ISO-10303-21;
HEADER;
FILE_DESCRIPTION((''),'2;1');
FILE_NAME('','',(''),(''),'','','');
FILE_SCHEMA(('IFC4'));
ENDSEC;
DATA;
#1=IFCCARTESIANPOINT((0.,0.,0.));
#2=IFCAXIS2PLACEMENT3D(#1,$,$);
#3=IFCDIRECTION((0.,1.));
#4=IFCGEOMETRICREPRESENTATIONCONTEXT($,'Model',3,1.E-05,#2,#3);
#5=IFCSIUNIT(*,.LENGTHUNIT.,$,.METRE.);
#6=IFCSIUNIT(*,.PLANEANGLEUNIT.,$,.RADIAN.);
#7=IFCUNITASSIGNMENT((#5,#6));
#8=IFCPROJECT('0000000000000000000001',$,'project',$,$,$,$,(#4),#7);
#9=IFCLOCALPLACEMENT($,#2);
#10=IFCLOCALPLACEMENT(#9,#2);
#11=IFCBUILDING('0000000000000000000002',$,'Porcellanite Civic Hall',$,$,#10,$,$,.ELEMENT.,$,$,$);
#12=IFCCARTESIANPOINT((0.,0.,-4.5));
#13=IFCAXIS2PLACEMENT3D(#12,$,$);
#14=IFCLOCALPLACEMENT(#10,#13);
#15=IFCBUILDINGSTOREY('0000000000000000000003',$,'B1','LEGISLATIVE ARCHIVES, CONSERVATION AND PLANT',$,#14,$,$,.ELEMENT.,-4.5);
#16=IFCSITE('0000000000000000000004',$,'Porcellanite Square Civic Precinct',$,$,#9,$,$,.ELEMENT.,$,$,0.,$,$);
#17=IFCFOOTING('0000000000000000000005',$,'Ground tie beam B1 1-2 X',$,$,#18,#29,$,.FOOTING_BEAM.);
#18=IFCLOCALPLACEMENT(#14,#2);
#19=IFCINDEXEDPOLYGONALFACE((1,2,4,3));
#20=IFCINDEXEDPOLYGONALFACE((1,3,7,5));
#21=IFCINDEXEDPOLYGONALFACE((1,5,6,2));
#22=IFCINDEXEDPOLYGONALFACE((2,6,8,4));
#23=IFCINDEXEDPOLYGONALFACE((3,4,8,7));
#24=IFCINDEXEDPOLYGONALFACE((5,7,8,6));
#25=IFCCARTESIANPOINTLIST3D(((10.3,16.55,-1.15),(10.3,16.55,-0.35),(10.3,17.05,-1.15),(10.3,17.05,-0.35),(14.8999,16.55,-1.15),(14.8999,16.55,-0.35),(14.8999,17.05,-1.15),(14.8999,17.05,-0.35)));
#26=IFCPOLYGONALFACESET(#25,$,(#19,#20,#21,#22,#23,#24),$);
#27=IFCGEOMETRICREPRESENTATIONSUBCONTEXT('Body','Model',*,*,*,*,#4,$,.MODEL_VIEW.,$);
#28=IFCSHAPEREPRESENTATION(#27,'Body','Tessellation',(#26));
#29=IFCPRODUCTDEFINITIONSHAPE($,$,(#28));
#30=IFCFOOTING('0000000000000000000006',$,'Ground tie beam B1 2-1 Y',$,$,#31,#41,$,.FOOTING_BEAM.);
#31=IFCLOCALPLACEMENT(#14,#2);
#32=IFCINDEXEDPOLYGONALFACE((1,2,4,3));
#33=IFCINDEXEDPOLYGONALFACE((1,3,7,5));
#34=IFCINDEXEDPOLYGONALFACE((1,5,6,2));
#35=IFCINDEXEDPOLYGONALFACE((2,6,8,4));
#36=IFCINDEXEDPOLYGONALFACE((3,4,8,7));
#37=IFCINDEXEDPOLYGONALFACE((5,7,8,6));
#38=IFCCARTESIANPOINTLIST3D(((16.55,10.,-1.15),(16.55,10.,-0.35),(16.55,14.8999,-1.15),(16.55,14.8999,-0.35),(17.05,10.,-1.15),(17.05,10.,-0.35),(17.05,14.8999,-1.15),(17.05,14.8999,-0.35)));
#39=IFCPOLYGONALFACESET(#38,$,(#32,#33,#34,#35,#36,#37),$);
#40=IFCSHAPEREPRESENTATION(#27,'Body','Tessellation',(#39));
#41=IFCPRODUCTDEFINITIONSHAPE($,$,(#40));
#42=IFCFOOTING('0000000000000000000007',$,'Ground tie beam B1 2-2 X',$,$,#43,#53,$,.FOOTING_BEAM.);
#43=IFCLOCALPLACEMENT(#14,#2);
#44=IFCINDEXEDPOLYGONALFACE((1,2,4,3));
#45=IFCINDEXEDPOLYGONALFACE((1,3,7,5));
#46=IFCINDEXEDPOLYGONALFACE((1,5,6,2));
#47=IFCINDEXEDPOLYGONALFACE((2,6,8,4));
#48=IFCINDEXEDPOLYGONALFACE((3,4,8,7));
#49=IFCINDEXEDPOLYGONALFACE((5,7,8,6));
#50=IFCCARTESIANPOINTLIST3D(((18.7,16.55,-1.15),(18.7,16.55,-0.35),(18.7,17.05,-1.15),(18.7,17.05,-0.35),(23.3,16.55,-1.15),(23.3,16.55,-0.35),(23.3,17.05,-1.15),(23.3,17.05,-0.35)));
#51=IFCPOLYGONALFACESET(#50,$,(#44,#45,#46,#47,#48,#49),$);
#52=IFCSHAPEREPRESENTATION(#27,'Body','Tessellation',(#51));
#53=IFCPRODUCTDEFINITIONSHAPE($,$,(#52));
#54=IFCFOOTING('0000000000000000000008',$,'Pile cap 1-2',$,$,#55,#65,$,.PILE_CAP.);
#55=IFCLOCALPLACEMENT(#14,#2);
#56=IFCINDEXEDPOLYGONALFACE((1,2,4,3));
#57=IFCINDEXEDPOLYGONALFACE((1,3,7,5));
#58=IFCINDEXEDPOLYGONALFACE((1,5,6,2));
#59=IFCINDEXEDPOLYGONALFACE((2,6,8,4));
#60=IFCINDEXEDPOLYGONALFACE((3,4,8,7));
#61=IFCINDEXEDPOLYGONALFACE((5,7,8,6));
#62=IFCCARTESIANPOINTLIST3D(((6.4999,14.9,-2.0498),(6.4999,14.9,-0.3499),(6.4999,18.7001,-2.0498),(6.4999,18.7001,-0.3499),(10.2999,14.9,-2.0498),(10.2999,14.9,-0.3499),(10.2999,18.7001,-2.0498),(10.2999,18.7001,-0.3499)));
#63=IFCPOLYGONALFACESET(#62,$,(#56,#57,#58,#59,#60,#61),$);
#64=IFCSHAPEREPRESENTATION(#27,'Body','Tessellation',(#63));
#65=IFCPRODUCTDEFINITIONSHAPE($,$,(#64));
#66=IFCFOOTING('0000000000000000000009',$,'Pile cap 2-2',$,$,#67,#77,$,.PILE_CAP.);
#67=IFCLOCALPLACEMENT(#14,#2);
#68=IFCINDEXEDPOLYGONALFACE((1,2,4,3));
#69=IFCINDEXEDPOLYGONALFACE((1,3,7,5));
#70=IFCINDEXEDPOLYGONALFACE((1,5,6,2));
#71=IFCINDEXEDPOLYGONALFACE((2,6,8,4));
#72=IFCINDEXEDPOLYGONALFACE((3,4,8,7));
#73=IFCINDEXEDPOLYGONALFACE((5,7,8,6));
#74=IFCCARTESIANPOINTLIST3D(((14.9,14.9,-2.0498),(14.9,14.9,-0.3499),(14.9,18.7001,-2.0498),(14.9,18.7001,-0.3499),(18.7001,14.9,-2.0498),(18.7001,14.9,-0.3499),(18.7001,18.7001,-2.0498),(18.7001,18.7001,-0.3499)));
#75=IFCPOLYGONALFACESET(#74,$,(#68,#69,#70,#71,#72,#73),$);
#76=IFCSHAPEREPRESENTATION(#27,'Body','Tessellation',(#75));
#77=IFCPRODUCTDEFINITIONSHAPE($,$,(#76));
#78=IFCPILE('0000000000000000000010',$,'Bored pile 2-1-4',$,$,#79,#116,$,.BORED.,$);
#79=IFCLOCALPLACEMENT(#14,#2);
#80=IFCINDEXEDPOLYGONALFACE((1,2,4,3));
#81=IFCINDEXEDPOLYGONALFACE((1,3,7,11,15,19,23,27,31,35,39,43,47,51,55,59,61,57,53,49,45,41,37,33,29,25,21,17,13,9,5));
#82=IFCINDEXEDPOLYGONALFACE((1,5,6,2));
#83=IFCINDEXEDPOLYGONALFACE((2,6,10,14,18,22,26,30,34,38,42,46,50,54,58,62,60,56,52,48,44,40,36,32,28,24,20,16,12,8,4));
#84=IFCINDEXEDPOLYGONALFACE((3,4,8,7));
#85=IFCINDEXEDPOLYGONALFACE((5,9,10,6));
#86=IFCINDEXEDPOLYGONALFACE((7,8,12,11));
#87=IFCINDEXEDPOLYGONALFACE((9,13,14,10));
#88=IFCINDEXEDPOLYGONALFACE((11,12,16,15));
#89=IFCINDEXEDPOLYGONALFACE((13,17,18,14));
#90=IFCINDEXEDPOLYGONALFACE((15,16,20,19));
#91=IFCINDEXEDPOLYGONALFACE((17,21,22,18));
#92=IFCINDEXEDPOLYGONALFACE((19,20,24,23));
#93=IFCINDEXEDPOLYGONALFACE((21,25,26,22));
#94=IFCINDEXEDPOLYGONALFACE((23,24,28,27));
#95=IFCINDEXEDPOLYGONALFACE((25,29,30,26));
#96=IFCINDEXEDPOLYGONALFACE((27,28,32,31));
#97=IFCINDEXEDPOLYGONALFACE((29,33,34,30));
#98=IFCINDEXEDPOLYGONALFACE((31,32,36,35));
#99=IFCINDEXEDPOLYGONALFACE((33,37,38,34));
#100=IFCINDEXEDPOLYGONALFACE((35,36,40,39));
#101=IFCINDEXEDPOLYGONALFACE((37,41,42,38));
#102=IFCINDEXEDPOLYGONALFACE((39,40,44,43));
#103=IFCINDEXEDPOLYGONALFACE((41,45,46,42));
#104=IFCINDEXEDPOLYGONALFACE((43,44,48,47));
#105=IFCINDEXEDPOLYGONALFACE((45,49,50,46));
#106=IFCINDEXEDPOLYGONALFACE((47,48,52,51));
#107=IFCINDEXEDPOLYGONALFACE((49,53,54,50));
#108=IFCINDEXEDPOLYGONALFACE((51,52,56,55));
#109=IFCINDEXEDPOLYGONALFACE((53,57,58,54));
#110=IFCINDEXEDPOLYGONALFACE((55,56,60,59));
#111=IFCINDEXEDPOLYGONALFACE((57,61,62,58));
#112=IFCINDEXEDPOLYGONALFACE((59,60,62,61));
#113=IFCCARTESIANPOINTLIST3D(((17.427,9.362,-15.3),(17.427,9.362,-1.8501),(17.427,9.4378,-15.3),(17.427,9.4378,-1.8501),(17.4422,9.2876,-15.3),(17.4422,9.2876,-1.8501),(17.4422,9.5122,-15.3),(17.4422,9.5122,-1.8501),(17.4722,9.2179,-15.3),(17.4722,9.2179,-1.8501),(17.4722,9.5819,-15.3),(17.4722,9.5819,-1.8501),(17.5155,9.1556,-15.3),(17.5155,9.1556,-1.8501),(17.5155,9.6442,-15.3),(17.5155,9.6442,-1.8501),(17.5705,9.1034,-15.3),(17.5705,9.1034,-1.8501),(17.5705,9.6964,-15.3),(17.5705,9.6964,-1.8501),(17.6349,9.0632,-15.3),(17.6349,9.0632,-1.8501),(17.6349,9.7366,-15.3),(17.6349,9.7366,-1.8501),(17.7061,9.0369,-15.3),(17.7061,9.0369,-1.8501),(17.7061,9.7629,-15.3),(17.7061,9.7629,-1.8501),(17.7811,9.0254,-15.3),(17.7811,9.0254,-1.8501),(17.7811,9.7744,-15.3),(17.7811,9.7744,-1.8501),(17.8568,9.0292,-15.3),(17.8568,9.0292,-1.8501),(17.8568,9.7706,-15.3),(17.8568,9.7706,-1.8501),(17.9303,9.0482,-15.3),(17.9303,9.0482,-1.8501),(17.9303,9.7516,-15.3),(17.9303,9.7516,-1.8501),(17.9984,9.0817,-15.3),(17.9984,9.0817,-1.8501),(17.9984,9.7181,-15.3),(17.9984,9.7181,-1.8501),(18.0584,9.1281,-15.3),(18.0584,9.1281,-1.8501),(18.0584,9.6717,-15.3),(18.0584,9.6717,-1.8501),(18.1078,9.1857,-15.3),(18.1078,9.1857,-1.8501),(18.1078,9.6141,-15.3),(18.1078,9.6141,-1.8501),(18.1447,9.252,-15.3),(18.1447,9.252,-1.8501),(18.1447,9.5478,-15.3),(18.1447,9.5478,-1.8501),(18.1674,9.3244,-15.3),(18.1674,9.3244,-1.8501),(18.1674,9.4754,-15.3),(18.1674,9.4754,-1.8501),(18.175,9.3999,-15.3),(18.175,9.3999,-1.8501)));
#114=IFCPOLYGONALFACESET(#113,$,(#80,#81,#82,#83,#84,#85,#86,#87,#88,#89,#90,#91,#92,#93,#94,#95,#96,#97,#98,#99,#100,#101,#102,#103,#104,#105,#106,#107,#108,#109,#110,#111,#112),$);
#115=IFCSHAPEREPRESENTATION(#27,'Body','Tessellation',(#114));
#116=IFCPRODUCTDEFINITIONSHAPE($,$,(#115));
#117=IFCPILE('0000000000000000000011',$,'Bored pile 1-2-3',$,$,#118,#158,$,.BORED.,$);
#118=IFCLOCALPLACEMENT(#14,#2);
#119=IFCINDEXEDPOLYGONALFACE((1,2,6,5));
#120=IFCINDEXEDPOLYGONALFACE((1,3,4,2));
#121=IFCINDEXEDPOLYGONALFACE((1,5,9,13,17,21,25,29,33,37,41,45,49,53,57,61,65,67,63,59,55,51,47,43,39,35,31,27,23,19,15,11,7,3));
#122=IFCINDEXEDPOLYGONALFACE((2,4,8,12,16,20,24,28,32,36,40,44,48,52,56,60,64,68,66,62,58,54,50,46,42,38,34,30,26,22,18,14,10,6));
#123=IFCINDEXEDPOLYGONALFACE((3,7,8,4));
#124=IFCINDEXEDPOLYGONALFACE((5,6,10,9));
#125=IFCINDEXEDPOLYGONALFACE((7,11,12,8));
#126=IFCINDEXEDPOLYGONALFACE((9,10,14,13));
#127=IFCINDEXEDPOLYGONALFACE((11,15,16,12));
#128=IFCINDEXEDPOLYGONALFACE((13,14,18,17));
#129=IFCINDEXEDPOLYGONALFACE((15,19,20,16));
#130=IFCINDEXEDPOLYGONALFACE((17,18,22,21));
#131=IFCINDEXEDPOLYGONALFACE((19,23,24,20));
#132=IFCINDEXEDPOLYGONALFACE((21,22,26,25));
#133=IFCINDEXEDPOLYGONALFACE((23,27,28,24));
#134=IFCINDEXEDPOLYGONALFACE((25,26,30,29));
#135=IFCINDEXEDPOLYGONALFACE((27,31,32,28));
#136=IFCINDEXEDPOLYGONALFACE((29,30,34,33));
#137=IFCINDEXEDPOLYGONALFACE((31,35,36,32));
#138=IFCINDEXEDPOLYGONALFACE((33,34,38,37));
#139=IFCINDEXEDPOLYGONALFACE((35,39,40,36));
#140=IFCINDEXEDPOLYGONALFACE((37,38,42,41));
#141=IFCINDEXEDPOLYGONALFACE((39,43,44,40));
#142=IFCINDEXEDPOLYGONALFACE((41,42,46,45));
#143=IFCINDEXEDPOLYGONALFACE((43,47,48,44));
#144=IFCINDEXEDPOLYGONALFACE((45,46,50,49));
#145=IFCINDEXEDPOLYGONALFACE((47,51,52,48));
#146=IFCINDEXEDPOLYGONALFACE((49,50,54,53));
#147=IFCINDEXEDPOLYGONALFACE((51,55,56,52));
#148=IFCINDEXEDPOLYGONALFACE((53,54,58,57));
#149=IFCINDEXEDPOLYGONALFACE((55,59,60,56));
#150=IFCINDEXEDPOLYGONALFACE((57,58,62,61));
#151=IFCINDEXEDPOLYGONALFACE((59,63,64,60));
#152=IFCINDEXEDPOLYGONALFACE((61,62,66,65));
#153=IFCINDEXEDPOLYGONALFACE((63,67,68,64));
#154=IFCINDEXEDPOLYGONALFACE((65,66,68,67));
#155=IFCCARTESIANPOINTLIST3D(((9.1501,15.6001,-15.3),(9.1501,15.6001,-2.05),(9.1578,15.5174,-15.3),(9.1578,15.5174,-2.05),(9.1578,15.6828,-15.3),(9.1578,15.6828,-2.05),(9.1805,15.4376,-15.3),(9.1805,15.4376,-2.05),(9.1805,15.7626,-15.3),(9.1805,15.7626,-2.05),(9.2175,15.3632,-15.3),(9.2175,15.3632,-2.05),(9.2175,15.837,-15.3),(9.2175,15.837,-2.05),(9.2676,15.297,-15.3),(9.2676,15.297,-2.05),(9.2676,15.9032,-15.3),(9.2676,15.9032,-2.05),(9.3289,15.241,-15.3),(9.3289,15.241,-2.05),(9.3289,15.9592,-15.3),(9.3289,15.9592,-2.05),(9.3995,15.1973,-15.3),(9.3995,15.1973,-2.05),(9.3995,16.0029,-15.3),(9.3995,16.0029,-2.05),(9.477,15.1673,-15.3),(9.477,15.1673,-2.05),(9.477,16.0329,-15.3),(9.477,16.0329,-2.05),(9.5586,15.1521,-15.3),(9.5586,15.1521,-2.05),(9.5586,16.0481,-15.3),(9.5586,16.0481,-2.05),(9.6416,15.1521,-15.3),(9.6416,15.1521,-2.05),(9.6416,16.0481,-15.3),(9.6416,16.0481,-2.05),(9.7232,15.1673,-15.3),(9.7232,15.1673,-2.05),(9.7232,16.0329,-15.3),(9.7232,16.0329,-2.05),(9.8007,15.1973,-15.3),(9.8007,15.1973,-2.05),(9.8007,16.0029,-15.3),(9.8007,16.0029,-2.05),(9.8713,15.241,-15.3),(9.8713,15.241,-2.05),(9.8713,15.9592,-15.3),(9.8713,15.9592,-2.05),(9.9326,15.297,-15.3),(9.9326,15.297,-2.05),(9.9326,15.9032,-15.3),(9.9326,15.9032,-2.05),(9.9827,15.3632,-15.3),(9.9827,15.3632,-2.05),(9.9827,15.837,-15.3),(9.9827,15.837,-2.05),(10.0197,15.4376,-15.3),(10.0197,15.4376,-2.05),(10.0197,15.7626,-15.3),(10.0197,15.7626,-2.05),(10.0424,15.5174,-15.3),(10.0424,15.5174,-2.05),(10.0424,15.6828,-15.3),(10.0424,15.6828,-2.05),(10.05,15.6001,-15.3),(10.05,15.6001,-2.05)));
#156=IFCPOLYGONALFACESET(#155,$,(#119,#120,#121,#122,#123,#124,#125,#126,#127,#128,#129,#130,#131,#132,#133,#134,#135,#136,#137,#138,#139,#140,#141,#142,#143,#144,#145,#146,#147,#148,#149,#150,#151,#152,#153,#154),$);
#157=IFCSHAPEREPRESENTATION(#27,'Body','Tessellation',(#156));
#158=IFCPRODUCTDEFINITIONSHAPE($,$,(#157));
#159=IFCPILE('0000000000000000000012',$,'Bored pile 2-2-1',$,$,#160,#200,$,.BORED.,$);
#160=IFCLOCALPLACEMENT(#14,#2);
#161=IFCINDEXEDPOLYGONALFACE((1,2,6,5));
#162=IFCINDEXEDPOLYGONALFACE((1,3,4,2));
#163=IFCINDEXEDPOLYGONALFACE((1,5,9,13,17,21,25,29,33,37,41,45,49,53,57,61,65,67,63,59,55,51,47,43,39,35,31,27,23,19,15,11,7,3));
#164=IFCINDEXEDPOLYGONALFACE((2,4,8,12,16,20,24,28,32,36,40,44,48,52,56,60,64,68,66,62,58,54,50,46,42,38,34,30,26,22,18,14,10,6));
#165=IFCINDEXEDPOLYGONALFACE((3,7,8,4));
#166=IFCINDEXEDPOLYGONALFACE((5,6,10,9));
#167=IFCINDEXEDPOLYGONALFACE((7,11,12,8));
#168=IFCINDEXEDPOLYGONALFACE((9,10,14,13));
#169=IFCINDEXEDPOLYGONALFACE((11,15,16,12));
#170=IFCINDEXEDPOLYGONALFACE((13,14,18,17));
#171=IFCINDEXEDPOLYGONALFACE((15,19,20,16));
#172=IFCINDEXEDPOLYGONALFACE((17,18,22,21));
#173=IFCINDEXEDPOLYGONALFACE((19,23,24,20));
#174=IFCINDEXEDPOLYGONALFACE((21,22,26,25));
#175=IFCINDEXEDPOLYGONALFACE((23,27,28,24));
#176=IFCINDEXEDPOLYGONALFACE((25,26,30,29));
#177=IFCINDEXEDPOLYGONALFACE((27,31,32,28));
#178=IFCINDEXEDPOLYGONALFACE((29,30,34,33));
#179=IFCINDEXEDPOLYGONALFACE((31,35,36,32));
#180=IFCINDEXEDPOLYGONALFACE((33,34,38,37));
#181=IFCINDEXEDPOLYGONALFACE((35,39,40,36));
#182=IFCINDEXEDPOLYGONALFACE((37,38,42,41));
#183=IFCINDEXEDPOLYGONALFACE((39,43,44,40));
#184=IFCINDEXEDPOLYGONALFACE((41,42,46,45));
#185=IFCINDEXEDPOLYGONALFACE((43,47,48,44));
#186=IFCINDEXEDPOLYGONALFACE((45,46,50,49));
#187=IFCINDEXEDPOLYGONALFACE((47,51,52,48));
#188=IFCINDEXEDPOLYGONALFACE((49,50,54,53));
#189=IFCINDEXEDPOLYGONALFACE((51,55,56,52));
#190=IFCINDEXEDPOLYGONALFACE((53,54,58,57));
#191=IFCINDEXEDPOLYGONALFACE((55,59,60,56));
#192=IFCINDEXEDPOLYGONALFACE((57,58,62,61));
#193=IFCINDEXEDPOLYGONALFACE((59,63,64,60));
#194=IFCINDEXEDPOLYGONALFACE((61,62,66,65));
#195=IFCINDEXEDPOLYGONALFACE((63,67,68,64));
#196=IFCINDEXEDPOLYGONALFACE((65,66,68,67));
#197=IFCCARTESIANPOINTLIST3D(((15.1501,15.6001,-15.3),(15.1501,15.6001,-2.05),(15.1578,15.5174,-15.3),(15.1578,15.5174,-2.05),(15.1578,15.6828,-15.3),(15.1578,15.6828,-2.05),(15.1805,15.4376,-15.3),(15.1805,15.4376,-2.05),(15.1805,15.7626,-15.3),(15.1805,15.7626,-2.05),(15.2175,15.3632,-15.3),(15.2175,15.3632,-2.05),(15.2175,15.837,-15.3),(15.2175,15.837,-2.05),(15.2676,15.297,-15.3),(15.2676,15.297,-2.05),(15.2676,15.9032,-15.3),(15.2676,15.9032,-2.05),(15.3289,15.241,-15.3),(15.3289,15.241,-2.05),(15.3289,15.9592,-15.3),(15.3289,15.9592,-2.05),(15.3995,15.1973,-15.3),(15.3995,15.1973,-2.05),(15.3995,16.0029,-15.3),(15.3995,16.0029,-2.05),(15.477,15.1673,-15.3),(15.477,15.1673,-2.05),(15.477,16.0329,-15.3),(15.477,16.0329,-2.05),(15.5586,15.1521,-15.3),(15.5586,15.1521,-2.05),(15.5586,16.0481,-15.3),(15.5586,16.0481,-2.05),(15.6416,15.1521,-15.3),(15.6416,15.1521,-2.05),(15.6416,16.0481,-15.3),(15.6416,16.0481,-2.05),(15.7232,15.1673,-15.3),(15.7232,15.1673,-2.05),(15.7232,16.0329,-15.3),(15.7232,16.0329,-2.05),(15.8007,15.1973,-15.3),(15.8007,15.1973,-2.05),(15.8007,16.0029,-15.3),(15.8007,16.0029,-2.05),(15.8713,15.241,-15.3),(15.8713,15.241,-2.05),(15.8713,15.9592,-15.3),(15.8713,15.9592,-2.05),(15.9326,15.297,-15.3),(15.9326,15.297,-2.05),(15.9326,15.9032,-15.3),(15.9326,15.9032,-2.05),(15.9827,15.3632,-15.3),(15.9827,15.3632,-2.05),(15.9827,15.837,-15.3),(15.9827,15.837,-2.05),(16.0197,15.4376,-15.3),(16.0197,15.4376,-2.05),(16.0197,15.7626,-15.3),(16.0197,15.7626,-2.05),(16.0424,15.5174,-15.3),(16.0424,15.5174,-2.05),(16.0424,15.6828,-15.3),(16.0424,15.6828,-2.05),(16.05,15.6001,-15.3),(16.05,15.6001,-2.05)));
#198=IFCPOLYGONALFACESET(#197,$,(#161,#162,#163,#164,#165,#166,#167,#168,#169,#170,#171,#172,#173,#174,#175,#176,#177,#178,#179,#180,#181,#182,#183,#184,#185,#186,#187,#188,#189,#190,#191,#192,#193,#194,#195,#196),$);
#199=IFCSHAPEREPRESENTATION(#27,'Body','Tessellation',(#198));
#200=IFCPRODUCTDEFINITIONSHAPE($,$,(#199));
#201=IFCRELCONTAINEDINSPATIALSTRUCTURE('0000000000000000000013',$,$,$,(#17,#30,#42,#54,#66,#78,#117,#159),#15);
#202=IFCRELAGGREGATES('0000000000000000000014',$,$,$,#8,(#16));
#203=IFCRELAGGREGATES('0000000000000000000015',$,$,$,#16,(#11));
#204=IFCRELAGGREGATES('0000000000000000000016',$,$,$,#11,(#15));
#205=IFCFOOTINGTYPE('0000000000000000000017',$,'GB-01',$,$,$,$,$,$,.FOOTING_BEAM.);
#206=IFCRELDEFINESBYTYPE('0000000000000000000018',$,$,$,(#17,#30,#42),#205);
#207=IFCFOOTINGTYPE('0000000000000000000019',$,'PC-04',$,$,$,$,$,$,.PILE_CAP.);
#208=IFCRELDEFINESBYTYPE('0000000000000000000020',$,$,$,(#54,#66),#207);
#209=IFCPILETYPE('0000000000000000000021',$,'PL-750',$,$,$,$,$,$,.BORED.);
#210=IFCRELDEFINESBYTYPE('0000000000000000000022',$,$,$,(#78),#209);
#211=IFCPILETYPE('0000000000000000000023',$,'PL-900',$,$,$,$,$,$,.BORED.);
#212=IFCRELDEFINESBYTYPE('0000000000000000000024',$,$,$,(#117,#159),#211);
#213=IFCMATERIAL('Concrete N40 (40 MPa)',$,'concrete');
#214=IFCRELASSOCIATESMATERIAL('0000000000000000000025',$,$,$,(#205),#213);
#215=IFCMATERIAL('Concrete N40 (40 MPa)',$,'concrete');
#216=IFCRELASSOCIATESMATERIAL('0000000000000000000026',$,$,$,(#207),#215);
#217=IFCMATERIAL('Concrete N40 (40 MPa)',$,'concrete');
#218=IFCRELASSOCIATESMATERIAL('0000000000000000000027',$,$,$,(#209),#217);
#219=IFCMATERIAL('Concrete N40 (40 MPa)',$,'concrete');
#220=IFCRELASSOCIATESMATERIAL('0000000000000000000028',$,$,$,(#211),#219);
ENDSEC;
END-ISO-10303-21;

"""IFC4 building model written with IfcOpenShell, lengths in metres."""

from ifc_helpers import new_model, si_unit, direction, frame, origin, origin_2d, place, context, subcontext, project, spatial, rectangle, circle, extrude, material, material_profile, profile_set, type_object, element, save


model = new_model("IFC4")

# Units and contexts
model_context = context("Model", 3, precision=1e-05, world=origin(), true_north=direction((0.0, 1.0)))
body_context = subcontext(model_context, "Body", "Model", "MODEL_VIEW")
ifc_project = project(units=[si_unit("LENGTHUNIT", "METRE"), si_unit("PLANEANGLEUNIT", "RADIAN")], contexts=[model_context])

# Site, building, storey
site_placement = place(None, origin())
site = spatial("IfcSite", under=ifc_project, at=site_placement, Name="Porcellanite Square Civic Precinct", CompositionType="ELEMENT", RefElevation=0.0)
building_placement = place(site_placement, origin())
building = spatial("IfcBuilding", under=site, at=building_placement, Name="Porcellanite Civic Hall", CompositionType="ELEMENT")
storey_placement = place(building_placement, frame((0.0, 0.0, -4.5)))
storey = spatial("IfcBuildingStorey", under=building, at=storey_placement, Name="B1", Description="LEGISLATIVE ARCHIVES, CONSERVATION AND PLANT", CompositionType="ELEMENT", Elevation=-4.5)

# Footings
ifc_material_1 = material(Name="Concrete N40 (40 MPa)", Category="concrete")
ifc_material_profile_1 = material_profile(ifc_material_1, rectangle(XDim=0.5, YDim=0.8, at=origin_2d()), Name="RC-500x800")
ifc_profile_set_1 = profile_set([ifc_material_profile_1], Name="Concrete N40 (40 MPa)")
footing_type_1 = type_object("IfcFootingType", Name="GB-01", PredefinedType="FOOTING_BEAM", material=ifc_profile_set_1)
footing_1_placement = place(storey_placement, frame((10.3, 16.8, -0.75), z_axis=(1.0, 0.0, 0.0), x_axis=(0.0, 1.0, 0.0)))
element("IfcFooting", 1, at=footing_1_placement, inside=storey, type_object=footing_type_1, Name="Ground tie beam B1 1-2 X", PredefinedType="FOOTING_BEAM", context=body_context, shape_type="SweptSolid", body=[
    extrude(rectangle(XDim=0.5, YDim=0.8, at=origin_2d()), origin(), (0.0, 0.0, 1.0), 4.5999),
])
footing_2_placement = place(storey_placement, frame((16.8, 10.0, -0.75), z_axis=(0.0, 1.0, 0.0), x_axis=(-1.0, 0.0, 0.0)))
element("IfcFooting", 2, at=footing_2_placement, inside=storey, type_object=footing_type_1, Name="Ground tie beam B1 2-1 Y", PredefinedType="FOOTING_BEAM", context=body_context, shape_type="SweptSolid", body=[
    extrude(rectangle(XDim=0.5, YDim=0.8, at=origin_2d()), origin(), (0.0, 0.0, 1.0), 4.8999),
])
footing_3_placement = place(storey_placement, frame((18.7, 16.8, -0.75), z_axis=(1.0, 0.0, 0.0), x_axis=(0.0, 1.0, 0.0)))
element("IfcFooting", 3, at=footing_3_placement, inside=storey, type_object=footing_type_1, Name="Ground tie beam B1 2-2 X", PredefinedType="FOOTING_BEAM", context=body_context, shape_type="SweptSolid", body=[
    extrude(rectangle(XDim=0.5, YDim=0.8, at=origin_2d()), origin(), (0.0, 0.0, 1.0), 4.6001),
])
ifc_material_2 = material(Name="Concrete N40 (40 MPa)", Category="concrete")
footing_type_2 = type_object("IfcFootingType", Name="PC-04", PredefinedType="PILE_CAP", material=ifc_material_2)
for number, where, z_axis, x_axis, name in (
    (4, (8.3999, 16.8, -2.0498), (0.0, 0.0, 1.0), (1.0, 0.0, 0.0), "Pile cap 1-2"),
    (5, (16.8, 16.8, -2.0498), (0.0, 0.0, 1.0), (1.0, 0.0, 0.0), "Pile cap 2-2"),
):
    element("IfcFooting", number, at=place(storey_placement, frame(where, z_axis=z_axis, x_axis=x_axis)), inside=storey, type_object=footing_type_2, Name=name, PredefinedType="PILE_CAP", context=body_context, shape_type="SweptSolid", body=[
        extrude(rectangle(XDim=3.8, YDim=3.8, at=origin_2d()), origin(), (0.0, 0.0, 1.0), 1.7),
    ])

# Piles
ifc_material_3 = material(Name="Concrete N40 (40 MPa)", Category="concrete")
ifc_material_profile_2 = material_profile(ifc_material_3, circle(Radius=0.375, at=origin_2d()), Name="PILE-D750")
ifc_profile_set_2 = profile_set([ifc_material_profile_2], Name="Concrete N40 (40 MPa)")
pile_type_1 = type_object("IfcPileType", Name="PL-750", PredefinedType="BORED", material=ifc_profile_set_2)
pile_placement = place(storey_placement, frame((17.8, 9.3999, -1.8501), z_axis=(0.0, 0.0, -1.0), x_axis=(1.0, 0.0, 0.0)))
element("IfcPile", 6, at=pile_placement, inside=storey, type_object=pile_type_1, Name="Bored pile 2-1-4", PredefinedType="BORED", context=body_context, shape_type="SweptSolid", body=[
    extrude(circle(Radius=0.375, at=origin_2d()), origin(), (0.0, 0.0, 1.0), 13.45),
])
ifc_material_4 = material(Name="Concrete N40 (40 MPa)", Category="concrete")
ifc_material_profile_3 = material_profile(ifc_material_4, circle(Radius=0.45, at=origin_2d()), Name="PILE-D900")
ifc_profile_set_3 = profile_set([ifc_material_profile_3], Name="Concrete N40 (40 MPa)")
pile_type_2 = type_object("IfcPileType", Name="PL-900", PredefinedType="BORED", material=ifc_profile_set_3)
for number, where, z_axis, x_axis, name in (
    (7, (9.6001, 15.6001, -2.05), (0.0, 0.0, -1.0), (1.0, 0.0, 0.0), "Bored pile 1-2-3"),
    (8, (15.6001, 15.6001, -2.05), (0.0, 0.0, -1.0), (1.0, 0.0, 0.0), "Bored pile 2-2-1"),
):
    element("IfcPile", number, at=place(storey_placement, frame(where, z_axis=z_axis, x_axis=x_axis)), inside=storey, type_object=pile_type_2, Name=name, PredefinedType="BORED", context=body_context, shape_type="SweptSolid", body=[
        extrude(circle(Radius=0.45, at=origin_2d()), origin(), (0.0, 0.0, 1.0), 13.25),
    ])

save(model, "model.ifc")
